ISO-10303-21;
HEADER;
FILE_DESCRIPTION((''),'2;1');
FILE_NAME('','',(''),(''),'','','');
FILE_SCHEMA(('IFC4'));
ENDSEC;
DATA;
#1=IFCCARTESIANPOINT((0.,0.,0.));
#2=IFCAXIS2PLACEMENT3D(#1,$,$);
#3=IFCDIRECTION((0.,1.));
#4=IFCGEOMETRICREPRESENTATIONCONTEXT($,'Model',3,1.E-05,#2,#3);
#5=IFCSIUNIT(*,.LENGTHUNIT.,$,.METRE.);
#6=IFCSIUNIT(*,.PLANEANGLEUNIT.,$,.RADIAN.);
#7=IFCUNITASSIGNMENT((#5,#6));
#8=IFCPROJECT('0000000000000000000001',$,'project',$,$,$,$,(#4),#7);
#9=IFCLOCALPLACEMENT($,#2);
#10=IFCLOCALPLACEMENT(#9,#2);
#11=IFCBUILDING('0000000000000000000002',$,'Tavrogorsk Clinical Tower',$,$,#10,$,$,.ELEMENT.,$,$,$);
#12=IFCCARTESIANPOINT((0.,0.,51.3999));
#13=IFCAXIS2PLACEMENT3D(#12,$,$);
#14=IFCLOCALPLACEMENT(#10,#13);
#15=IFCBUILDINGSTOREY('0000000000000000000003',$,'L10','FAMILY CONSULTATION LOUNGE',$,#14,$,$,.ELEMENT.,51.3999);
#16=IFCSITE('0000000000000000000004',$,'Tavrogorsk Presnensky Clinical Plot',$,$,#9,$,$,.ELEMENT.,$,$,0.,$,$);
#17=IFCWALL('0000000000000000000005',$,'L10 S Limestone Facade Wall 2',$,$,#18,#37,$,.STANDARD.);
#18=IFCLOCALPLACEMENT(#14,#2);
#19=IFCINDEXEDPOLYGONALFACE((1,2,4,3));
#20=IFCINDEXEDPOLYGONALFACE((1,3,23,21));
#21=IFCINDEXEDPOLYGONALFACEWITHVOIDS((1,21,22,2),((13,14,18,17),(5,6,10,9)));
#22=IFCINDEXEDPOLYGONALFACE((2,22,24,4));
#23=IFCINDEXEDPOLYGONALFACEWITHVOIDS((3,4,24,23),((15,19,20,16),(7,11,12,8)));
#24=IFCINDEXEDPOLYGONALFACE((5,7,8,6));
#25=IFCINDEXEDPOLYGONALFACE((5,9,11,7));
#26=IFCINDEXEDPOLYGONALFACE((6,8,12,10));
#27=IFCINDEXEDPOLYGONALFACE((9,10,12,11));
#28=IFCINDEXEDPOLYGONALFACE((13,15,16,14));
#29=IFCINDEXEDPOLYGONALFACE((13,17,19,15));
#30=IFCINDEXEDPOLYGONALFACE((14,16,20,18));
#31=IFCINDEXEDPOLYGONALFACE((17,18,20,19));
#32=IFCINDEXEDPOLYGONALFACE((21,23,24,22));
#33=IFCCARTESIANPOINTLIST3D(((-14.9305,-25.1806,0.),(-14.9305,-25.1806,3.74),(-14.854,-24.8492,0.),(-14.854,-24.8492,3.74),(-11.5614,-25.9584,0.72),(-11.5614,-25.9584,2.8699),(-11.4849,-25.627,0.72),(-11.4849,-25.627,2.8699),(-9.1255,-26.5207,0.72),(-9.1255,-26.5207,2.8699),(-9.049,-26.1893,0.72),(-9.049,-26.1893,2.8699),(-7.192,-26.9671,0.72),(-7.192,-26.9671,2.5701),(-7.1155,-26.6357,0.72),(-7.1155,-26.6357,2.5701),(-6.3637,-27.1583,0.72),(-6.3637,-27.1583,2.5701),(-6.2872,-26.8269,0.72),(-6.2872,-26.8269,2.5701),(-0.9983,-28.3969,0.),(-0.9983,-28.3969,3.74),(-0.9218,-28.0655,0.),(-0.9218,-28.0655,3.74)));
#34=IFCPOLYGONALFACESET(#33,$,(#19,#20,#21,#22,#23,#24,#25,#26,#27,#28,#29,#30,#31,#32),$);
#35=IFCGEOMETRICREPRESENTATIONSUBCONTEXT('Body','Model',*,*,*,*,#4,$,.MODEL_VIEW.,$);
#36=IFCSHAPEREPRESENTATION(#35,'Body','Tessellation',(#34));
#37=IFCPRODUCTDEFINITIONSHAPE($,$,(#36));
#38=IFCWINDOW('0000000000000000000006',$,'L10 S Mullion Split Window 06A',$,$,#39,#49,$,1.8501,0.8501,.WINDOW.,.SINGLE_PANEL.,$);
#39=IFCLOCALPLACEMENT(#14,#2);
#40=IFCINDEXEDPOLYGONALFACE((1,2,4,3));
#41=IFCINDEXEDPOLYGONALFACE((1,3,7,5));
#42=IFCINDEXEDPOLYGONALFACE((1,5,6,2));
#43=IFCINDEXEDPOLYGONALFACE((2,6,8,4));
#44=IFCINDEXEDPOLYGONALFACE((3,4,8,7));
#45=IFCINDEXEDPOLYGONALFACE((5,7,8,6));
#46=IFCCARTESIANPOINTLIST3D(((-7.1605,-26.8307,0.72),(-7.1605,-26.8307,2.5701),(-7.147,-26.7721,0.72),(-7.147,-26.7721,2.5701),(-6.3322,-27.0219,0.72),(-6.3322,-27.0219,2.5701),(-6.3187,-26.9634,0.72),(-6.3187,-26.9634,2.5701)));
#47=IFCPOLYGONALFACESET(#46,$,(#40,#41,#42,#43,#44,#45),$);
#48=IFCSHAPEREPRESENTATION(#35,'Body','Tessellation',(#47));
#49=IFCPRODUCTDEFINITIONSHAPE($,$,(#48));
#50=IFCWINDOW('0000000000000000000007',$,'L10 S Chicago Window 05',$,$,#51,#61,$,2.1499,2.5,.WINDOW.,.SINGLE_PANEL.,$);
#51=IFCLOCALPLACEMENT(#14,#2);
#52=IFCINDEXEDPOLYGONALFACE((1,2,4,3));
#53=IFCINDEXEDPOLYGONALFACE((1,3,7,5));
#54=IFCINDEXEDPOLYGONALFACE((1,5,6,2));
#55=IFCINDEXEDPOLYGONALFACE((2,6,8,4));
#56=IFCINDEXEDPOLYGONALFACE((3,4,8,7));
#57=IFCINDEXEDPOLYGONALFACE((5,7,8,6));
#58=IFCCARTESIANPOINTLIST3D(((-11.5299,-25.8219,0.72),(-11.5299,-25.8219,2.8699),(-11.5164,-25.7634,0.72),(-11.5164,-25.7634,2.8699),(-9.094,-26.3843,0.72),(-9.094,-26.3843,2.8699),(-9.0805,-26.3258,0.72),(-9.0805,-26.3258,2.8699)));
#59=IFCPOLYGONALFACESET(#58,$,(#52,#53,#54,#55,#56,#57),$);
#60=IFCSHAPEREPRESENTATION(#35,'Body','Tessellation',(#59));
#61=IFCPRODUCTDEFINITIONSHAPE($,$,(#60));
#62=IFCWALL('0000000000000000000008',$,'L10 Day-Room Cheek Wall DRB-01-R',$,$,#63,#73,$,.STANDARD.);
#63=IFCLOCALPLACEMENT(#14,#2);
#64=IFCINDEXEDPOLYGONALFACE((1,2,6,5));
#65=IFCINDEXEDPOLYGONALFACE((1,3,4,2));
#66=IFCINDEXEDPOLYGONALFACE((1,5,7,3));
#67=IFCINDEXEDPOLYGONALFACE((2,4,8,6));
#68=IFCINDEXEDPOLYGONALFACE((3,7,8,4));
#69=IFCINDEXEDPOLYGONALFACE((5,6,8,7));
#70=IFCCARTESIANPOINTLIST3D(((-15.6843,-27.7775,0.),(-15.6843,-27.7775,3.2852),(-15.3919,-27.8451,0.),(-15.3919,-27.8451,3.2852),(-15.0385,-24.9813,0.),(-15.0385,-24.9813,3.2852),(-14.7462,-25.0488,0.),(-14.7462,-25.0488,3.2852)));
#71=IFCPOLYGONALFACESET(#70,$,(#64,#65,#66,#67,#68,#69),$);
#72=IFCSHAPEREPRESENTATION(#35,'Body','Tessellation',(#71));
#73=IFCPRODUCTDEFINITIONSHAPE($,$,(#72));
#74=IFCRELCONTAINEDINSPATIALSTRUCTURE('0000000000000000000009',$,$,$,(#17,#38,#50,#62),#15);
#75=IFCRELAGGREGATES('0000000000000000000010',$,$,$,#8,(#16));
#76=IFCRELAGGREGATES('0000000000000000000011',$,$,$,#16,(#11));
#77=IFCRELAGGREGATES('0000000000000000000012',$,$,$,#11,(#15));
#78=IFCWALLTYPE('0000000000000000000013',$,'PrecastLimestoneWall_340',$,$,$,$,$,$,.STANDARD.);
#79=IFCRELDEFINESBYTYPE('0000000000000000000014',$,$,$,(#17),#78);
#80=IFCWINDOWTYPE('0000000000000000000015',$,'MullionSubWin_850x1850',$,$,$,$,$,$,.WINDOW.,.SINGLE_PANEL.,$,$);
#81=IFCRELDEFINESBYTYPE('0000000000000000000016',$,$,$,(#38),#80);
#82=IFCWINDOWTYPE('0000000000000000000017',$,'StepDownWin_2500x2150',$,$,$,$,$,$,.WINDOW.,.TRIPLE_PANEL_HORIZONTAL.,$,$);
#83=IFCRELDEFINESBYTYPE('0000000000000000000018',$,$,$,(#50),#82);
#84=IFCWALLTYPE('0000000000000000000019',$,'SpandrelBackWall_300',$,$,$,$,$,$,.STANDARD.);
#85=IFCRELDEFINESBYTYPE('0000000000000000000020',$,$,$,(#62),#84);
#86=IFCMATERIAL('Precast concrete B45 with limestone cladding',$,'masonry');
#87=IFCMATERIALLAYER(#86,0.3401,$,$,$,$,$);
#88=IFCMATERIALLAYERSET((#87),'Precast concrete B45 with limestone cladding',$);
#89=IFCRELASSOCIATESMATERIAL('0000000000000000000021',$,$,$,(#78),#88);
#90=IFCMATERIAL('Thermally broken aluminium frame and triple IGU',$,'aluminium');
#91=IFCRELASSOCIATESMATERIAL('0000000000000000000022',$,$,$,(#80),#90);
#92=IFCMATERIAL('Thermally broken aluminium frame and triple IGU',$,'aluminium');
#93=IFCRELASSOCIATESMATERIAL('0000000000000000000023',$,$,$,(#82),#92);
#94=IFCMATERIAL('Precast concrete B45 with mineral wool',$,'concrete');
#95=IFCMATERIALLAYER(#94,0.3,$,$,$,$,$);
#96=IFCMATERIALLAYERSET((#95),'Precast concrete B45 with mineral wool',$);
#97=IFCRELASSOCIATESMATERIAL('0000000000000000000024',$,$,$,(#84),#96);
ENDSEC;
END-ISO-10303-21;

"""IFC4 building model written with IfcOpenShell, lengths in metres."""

from ifc_helpers import new_model, si_unit, direction, frame, frame_2d, origin, place, context, subcontext, project, spatial, rectangle, extrude, material, layer, layer_set, type_object, element, fill, save


model = new_model("IFC4")

# Units and contexts
model_context = context("Model", 3, precision=1e-05, world=origin(), true_north=direction((0.0, 1.0)))
body_context = subcontext(model_context, "Body", "Model", "MODEL_VIEW")
ifc_project = project(units=[si_unit("LENGTHUNIT", "METRE"), si_unit("PLANEANGLEUNIT", "RADIAN")], contexts=[model_context])

# Site, building, storey
site_placement = place(None, origin())
site = spatial("IfcSite", under=ifc_project, at=site_placement, Name="Tavrogorsk Presnensky Clinical Plot", CompositionType="ELEMENT", RefElevation=0.0)
building_placement = place(site_placement, origin())
building = spatial("IfcBuilding", under=site, at=building_placement, Name="Tavrogorsk Clinical Tower", CompositionType="ELEMENT")
storey_placement = place(building_placement, frame((0.0, 0.0, 51.3999)))
storey = spatial("IfcBuildingStorey", under=building, at=storey_placement, Name="L10", Description="FAMILY CONSULTATION LOUNGE", CompositionType="ELEMENT", Elevation=51.3999)

# Wall, openings, windows
ifc_material_1 = material(Name="Precast concrete B45 with limestone cladding", Category="masonry")
ifc_layer_1 = layer(ifc_material_1, 0.3401)
ifc_layer_set_1 = layer_set([ifc_layer_1], Name="Precast concrete B45 with limestone cladding")
wall_type_1 = type_object("IfcWallType", Name="PrecastLimestoneWall_340", PredefinedType="STANDARD", material=ifc_layer_set_1)
wall_1_placement = place(storey_placement, frame((-14.8923, -25.0149, 0.0), z_axis=(0.0, 0.0, 1.0), x_axis=(0.974373, -0.224939, 0.0)))
wall_1 = element("IfcWall", 1, at=wall_1_placement, inside=storey, type_object=wall_type_1, Name="L10 S Limestone Facade Wall 2", PredefinedType="STANDARD", context=body_context, shape_type="SweptSolid", body=[
    extrude(rectangle(XDim=14.2986, YDim=0.3401, at=frame_2d((7.1494, 0.0))), origin(), (0.0, 0.0, 1.0), 3.74),
])
opening_1_placement = place(wall_1_placement, frame((3.4578, 0.0, 0.72)))
opening_1 = element("IfcOpeningElement", 2, at=opening_1_placement, cuts=wall_1, PredefinedType="OPENING", context=body_context, shape_type="SweptSolid", body=[
    extrude(rectangle(XDim=2.5, YDim=2.1499, at=frame_2d((1.25, 1.075))), frame((0.0, 0.1799, 0.0), z_axis=(0.0, -1.0, 0.0), x_axis=(1.0, 0.0, 0.0)), (0.0, 0.0, 1.0), 0.3601),
])
opening_2_placement = place(wall_1_placement, frame((7.9421, 0.0, 0.72)))
opening_2 = element("IfcOpeningElement", 3, at=opening_2_placement, cuts=wall_1, PredefinedType="OPENING", context=body_context, shape_type="SweptSolid", body=[
    extrude(rectangle(XDim=0.8501, YDim=1.8501, at=frame_2d((0.425, 0.925))), frame((0.0, 0.1799, 0.0), z_axis=(0.0, -1.0, 0.0), x_axis=(1.0, 0.0, 0.0)), (0.0, 0.0, 1.0), 0.3601),
])
ifc_material_2 = material(Name="Thermally broken aluminium frame and triple IGU", Category="aluminium")
window_type_1 = type_object("IfcWindowType", Name="MullionSubWin_850x1850", PartitioningType="SINGLE_PANEL", PredefinedType="WINDOW", material=ifc_material_2)
window_1_placement = place(opening_2_placement, origin())
window_1 = element("IfcWindow", 4, at=window_1_placement, inside=storey, type_object=window_type_1, Name="L10 S Mullion Split Window 06A", OverallHeight=1.8501, OverallWidth=0.8501, PartitioningType="SINGLE_PANEL", PredefinedType="WINDOW", context=body_context, shape_type="SweptSolid", body=[
    extrude(rectangle(XDim=0.8501, YDim=1.8501, at=frame_2d((0.425, 0.925))), frame((0.0, 0.03, 0.0), z_axis=(0.0, -1.0, 0.0), x_axis=(1.0, 0.0, 0.0)), (0.0, 0.0, 1.0), 0.0601),
])
fill(opening_2, window_1)
ifc_material_3 = material(Name="Thermally broken aluminium frame and triple IGU", Category="aluminium")
window_type_2 = type_object("IfcWindowType", Name="StepDownWin_2500x2150", PartitioningType="TRIPLE_PANEL_HORIZONTAL", PredefinedType="WINDOW", material=ifc_material_3)
window_2_placement = place(opening_1_placement, origin())
window_2 = element("IfcWindow", 5, at=window_2_placement, inside=storey, type_object=window_type_2, Name="L10 S Chicago Window 05", OverallHeight=2.1499, OverallWidth=2.5, PartitioningType="SINGLE_PANEL", PredefinedType="WINDOW", context=body_context, shape_type="SweptSolid", body=[
    extrude(rectangle(XDim=2.5, YDim=2.1499, at=frame_2d((1.25, 1.075))), frame((0.0, 0.03, 0.0), z_axis=(0.0, -1.0, 0.0), x_axis=(1.0, 0.0, 0.0)), (0.0, 0.0, 1.0), 0.0601),
])
fill(opening_1, window_2)

# Wall
ifc_material_4 = material(Name="Precast concrete B45 with mineral wool", Category="concrete")
ifc_layer_2 = layer(ifc_material_4, 0.3)
ifc_layer_set_2 = layer_set([ifc_layer_2], Name="Precast concrete B45 with mineral wool")
wall_type_2 = type_object("IfcWallType", Name="SpandrelBackWall_300", PredefinedType="STANDARD", material=ifc_layer_set_2)
wall_2_placement = place(storey_placement, frame((-14.8923, -25.0149, 0.0), z_axis=(0.0, 0.0, 1.0), x_axis=(-0.225002, -0.974358, 0.0)))
element("IfcWall", 6, at=wall_2_placement, inside=storey, type_object=wall_type_2, Name="L10 Day-Room Cheek Wall DRB-01-R", PredefinedType="STANDARD", context=body_context, shape_type="SweptSolid", body=[
    extrude(rectangle(XDim=2.8699, YDim=0.3, at=frame_2d((1.4351, 0.0))), origin(), (0.0, 0.0, 1.0), 3.2852),
])

save(model, "model.ifc")
